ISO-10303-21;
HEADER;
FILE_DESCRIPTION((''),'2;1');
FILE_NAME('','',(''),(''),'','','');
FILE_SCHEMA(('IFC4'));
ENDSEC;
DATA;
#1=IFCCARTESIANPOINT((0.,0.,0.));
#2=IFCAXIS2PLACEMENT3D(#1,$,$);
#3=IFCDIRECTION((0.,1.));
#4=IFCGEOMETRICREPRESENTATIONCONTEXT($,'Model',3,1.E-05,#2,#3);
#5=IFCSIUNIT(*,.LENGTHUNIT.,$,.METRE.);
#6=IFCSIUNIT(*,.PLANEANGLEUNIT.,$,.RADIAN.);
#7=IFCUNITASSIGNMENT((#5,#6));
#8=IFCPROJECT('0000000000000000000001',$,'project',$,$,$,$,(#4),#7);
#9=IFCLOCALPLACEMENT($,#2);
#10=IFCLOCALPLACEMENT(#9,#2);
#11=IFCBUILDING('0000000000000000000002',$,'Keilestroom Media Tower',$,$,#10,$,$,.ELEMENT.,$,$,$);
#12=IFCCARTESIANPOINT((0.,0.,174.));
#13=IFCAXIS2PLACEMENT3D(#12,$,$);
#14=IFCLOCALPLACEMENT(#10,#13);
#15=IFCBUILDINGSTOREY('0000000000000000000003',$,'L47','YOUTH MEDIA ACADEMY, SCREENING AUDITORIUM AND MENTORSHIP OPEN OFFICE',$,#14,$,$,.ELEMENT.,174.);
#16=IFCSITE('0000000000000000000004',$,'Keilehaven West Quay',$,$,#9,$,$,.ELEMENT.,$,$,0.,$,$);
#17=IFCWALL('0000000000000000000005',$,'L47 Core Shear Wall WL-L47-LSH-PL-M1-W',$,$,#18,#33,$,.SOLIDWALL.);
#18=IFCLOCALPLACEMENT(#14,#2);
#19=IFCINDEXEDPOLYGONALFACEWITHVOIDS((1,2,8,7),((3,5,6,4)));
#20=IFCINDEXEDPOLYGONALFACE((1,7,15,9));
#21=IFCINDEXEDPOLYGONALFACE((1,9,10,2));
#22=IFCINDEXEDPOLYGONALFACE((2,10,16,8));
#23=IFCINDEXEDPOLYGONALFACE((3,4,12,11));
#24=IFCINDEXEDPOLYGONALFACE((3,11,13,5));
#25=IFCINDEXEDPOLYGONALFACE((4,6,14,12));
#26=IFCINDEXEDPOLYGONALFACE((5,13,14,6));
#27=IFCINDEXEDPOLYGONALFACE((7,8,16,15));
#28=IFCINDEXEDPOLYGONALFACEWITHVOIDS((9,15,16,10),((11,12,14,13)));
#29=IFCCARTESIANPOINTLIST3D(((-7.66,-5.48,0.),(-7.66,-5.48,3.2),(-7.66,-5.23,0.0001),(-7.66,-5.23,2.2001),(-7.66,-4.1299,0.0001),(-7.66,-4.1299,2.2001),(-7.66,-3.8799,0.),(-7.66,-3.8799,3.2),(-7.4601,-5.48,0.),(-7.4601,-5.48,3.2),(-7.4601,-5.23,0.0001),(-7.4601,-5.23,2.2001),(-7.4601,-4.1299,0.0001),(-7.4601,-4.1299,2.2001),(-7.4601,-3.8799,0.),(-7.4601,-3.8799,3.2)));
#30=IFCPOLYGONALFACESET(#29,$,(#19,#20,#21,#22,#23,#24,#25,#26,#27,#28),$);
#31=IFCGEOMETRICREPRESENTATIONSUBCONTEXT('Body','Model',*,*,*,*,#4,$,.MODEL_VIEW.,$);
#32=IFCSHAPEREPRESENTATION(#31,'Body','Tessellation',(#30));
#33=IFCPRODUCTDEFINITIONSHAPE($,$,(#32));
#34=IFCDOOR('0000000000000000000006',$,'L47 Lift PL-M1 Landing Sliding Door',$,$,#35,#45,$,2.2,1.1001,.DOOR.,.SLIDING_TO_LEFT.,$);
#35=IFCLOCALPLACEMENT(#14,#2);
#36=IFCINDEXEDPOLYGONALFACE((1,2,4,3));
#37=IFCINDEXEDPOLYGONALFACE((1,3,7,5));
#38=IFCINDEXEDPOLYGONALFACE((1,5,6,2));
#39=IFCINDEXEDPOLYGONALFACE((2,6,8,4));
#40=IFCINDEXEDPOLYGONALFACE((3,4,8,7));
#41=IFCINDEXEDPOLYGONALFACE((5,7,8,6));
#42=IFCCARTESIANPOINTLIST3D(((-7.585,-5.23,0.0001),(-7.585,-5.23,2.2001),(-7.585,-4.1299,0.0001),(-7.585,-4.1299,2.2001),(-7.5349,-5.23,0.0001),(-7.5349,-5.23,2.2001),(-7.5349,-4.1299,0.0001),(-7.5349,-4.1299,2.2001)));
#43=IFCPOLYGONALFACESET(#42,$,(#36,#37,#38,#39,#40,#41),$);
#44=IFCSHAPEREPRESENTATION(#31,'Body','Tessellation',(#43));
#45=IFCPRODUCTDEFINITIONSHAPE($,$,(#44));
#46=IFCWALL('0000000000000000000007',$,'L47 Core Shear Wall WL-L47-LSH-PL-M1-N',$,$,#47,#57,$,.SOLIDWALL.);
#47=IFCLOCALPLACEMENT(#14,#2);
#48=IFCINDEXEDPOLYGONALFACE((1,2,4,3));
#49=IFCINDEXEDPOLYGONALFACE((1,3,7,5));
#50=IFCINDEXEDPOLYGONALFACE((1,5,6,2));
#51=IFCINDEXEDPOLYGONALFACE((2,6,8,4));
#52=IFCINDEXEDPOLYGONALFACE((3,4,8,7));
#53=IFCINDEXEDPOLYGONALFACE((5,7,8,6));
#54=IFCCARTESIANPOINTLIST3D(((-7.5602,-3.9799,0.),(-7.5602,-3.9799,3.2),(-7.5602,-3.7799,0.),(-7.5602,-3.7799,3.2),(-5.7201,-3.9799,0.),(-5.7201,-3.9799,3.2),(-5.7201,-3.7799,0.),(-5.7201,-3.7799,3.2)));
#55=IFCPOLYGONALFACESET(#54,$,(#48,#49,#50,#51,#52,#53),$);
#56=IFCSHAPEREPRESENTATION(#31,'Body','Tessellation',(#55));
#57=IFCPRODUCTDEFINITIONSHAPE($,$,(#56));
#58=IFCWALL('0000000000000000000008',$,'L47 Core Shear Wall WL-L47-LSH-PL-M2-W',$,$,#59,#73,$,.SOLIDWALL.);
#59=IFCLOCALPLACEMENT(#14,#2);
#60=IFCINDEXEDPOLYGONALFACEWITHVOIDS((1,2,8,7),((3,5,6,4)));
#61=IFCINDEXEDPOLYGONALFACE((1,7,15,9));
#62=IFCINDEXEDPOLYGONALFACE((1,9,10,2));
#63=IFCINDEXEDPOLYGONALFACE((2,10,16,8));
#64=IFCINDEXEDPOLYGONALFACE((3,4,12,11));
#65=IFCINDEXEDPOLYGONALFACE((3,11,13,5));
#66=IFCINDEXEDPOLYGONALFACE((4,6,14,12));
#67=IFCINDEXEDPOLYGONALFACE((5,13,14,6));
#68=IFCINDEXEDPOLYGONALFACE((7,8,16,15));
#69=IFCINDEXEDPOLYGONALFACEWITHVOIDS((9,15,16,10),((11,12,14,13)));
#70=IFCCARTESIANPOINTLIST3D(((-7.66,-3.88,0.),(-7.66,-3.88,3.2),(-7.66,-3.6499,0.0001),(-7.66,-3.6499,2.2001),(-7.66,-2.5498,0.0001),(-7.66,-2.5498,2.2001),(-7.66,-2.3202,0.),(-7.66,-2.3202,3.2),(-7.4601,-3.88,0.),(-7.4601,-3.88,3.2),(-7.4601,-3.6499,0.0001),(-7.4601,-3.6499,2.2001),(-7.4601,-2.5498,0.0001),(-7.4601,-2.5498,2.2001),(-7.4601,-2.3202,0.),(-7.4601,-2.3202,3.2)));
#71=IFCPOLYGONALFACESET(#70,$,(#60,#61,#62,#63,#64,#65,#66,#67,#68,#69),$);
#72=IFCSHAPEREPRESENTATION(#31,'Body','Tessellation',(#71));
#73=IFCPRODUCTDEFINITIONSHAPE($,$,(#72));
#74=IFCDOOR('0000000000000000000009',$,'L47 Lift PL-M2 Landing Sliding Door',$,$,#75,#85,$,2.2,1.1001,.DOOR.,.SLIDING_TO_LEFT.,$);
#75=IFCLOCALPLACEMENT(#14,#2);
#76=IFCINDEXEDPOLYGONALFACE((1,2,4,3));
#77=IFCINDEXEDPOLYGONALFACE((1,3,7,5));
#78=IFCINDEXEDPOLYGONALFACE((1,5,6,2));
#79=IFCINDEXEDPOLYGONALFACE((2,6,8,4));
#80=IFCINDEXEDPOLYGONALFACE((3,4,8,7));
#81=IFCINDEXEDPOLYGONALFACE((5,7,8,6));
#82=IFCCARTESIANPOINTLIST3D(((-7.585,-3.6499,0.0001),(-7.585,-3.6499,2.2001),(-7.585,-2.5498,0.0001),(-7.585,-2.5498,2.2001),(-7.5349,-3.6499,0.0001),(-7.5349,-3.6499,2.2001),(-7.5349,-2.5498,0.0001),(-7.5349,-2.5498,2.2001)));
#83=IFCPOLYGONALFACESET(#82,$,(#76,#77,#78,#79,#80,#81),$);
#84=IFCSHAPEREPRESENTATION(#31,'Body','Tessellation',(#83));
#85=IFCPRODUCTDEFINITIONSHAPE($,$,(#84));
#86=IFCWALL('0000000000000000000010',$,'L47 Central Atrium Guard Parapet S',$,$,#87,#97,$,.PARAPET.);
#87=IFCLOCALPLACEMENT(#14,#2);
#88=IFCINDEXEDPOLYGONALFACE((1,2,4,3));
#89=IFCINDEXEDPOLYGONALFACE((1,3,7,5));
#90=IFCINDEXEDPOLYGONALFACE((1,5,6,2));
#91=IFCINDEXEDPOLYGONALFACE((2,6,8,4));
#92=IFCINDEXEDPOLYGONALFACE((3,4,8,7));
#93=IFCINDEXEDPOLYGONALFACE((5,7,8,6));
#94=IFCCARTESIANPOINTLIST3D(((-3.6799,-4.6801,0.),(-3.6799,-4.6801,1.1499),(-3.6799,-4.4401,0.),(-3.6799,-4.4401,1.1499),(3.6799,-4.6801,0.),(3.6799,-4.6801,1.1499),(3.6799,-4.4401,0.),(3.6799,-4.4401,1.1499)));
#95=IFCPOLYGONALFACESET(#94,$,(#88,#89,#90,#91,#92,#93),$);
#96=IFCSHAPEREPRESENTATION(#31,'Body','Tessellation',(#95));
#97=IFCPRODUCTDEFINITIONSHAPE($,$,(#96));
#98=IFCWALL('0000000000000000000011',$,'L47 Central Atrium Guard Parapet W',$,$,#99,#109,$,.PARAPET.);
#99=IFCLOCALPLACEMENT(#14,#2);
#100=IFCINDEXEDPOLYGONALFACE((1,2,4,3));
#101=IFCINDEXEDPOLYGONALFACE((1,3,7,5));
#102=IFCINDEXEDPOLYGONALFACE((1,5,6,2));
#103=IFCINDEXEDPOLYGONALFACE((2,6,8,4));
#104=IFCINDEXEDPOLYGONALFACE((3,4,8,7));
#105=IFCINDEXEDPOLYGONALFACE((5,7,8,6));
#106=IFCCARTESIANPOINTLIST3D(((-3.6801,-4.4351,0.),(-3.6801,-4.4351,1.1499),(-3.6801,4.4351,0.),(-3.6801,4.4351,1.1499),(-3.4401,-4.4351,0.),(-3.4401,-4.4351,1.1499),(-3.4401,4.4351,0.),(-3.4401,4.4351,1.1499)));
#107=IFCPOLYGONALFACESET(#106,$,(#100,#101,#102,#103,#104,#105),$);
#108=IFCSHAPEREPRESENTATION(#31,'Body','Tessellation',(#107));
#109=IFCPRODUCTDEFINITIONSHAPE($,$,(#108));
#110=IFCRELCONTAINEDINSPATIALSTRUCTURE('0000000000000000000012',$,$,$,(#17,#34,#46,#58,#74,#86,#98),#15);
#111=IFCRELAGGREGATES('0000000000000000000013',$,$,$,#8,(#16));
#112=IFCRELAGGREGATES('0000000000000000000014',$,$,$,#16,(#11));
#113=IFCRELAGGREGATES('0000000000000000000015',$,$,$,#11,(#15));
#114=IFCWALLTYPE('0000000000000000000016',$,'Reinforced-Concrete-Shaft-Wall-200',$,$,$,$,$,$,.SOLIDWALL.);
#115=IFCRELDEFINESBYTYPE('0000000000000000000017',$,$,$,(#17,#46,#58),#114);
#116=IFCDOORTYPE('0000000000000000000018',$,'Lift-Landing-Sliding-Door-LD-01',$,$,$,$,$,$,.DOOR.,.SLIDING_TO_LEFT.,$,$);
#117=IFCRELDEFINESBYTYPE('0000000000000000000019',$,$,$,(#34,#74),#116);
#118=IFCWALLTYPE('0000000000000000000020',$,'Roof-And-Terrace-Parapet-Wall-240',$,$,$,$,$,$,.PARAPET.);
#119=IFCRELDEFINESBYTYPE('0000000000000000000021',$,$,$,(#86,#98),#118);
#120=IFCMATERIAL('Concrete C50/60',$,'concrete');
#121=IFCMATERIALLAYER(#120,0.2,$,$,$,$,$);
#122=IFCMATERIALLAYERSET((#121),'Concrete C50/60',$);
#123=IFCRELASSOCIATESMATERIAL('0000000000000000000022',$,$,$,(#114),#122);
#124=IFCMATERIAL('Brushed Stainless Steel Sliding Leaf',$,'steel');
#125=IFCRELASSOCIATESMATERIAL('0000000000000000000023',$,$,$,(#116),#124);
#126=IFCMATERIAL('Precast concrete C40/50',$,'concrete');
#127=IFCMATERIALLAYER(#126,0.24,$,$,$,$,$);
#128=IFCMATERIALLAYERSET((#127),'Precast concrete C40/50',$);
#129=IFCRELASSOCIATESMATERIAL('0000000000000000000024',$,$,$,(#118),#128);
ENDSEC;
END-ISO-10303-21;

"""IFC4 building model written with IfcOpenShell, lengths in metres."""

from ifc_helpers import new_model, si_unit, direction, frame, frame_2d, origin, place, context, subcontext, project, spatial, rectangle, extrude, source, transform, mapped, material, layer, layer_set, type_object, element, fill, save


model = new_model("IFC4")

# Units and contexts
model_context = context("Model", 3, precision=1e-05, world=origin(), true_north=direction((0.0, 1.0)))
body_context = subcontext(model_context, "Body", "Model", "MODEL_VIEW")
ifc_project = project(units=[si_unit("LENGTHUNIT", "METRE"), si_unit("PLANEANGLEUNIT", "RADIAN")], contexts=[model_context])

# Site, building, storey
site_placement = place(None, origin())
site = spatial("IfcSite", under=ifc_project, at=site_placement, Name="Keilehaven West Quay", CompositionType="ELEMENT", RefElevation=0.0)
building_placement = place(site_placement, origin())
building = spatial("IfcBuilding", under=site, at=building_placement, Name="Keilestroom Media Tower", CompositionType="ELEMENT")
storey_placement = place(building_placement, frame((0.0, 0.0, 174.0)))
storey = spatial("IfcBuildingStorey", under=building, at=storey_placement, Name="L47", Description="YOUTH MEDIA ACADEMY, SCREENING AUDITORIUM AND MENTORSHIP OPEN OFFICE", CompositionType="ELEMENT", Elevation=174.0)

# Shared definitions
ifc_material_1 = material(Name="Concrete C50/60", Category="concrete")
ifc_layer_1 = layer(ifc_material_1, 0.2)
ifc_layer_set_1 = layer_set([ifc_layer_1], Name="Concrete C50/60")
wall_type_1 = type_object("IfcWallType", Name="Reinforced-Concrete-Shaft-Wall-200", PredefinedType="SOLIDWALL", material=ifc_layer_set_1)

# Shared definitions
ifc_material_2 = material(Name="Brushed Stainless Steel Sliding Leaf", Category="steel")

# Wall, opening, door
wall_1_placement = place(storey_placement, frame((-7.5601, -5.48, 0.0), z_axis=(0.0, 0.0, 1.0), x_axis=(0.0, 1.0, 0.0)))
wall_1 = element("IfcWall", 1, at=wall_1_placement, inside=storey, type_object=wall_type_1, Name="L47 Core Shear Wall WL-L47-LSH-PL-M1-W", PredefinedType="SOLIDWALL", context=body_context, shape_type="SweptSolid", body=[
    extrude(rectangle(XDim=1.6001, YDim=0.2, at=frame_2d((0.8, 0.0))), origin(), (0.0, 0.0, 1.0), 3.2),
])
opening_1_placement = place(wall_1_placement, frame((0.25, 0.0, 0.0)))
opening_1 = element("IfcOpeningElement", 2, at=opening_1_placement, cuts=wall_1, PredefinedType="OPENING", context=body_context, shape_type="SweptSolid", body=[
    extrude(rectangle(XDim=1.1001, YDim=2.2, at=frame_2d((0.55, 1.1001))), frame((0.0, 0.1099, 0.0), z_axis=(0.0, -1.0, 0.0), x_axis=(1.0, 0.0, 0.0)), (0.0, 0.0, 1.0), 0.22),
])
door_type_1 = type_object("IfcDoorType", Name="Lift-Landing-Sliding-Door-LD-01", OperationType="SLIDING_TO_LEFT", PredefinedType="DOOR", material=ifc_material_2)
shared_shape_1 = source(origin(), body_context, "Body", "SweptSolid", [
    extrude(rectangle(XDim=1.1001, YDim=2.2, at=frame_2d((0.55, 1.1001))), frame((0.0, 0.0249, 0.0), z_axis=(0.0, -1.0, 0.0), x_axis=(1.0, 0.0, 0.0)), (0.0, 0.0, 1.0), 0.05),
])
door_1_placement = place(opening_1_placement, origin())
door_1 = element("IfcDoor", 3, at=door_1_placement, inside=storey, type_object=door_type_1, Name="L47 Lift PL-M1 Landing Sliding Door", OperationType="SLIDING_TO_LEFT", OverallHeight=2.2, OverallWidth=1.1001, PredefinedType="DOOR", context=body_context, shape_type="MappedRepresentation", body=[
    mapped(shared_shape_1, transform((0.0, 0.0, 0.0), x_axis=(1.0, 0.0, 0.0), y_axis=(0.0, 1.0, 0.0), z_axis=(0.0, 0.0, 1.0), scale=1.0)),
])
fill(opening_1, door_1)

# Wall
wall_2_placement = place(storey_placement, frame((-7.5601, -3.8799, 0.0), z_axis=(0.0, 0.0, 1.0), x_axis=(1.0, 0.0, 0.0)))
element("IfcWall", 4, at=wall_2_placement, inside=storey, type_object=wall_type_1, Name="L47 Core Shear Wall WL-L47-LSH-PL-M1-N", PredefinedType="SOLIDWALL", context=body_context, shape_type="SweptSolid", body=[
    extrude(rectangle(XDim=1.8401, YDim=0.2, at=frame_2d((0.9199, 0.0))), origin(), (0.0, 0.0, 1.0), 3.2),
])

# Wall, opening, door
wall_3_placement = place(storey_placement, frame((-7.5601, -3.8799, 0.0), z_axis=(0.0, 0.0, 1.0), x_axis=(0.0, 1.0, 0.0)))
wall_3 = element("IfcWall", 5, at=wall_3_placement, inside=storey, type_object=wall_type_1, Name="L47 Core Shear Wall WL-L47-LSH-PL-M2-W", PredefinedType="SOLIDWALL", context=body_context, shape_type="SweptSolid", body=[
    extrude(rectangle(XDim=1.5598, YDim=0.2, at=frame_2d((0.7798, 0.0))), origin(), (0.0, 0.0, 1.0), 3.2),
])
opening_2_placement = place(wall_3_placement, frame((0.23, 0.0, 0.0)))
opening_2 = element("IfcOpeningElement", 6, at=opening_2_placement, cuts=wall_3, PredefinedType="OPENING", context=body_context, shape_type="SweptSolid", body=[
    extrude(rectangle(XDim=1.1001, YDim=2.2, at=frame_2d((0.55, 1.1001))), frame((0.0, 0.1099, 0.0), z_axis=(0.0, -1.0, 0.0), x_axis=(1.0, 0.0, 0.0)), (0.0, 0.0, 1.0), 0.22),
])
door_2_placement = place(opening_2_placement, origin())
door_2 = element("IfcDoor", 7, at=door_2_placement, inside=storey, type_object=door_type_1, Name="L47 Lift PL-M2 Landing Sliding Door", OperationType="SLIDING_TO_LEFT", OverallHeight=2.2, OverallWidth=1.1001, PredefinedType="DOOR", context=body_context, shape_type="MappedRepresentation", body=[
    mapped(shared_shape_1, transform((0.0, 0.0, 0.0), x_axis=(1.0, 0.0, 0.0), y_axis=(0.0, 1.0, 0.0), z_axis=(0.0, 0.0, 1.0), scale=1.0)),
])
fill(opening_2, door_2)

# Walls
ifc_material_3 = material(Name="Precast concrete C40/50", Category="concrete")
ifc_layer_2 = layer(ifc_material_3, 0.24)
ifc_layer_set_2 = layer_set([ifc_layer_2], Name="Precast concrete C40/50")
wall_type_2 = type_object("IfcWallType", Name="Roof-And-Terrace-Parapet-Wall-240", PredefinedType="PARAPET", material=ifc_layer_set_2)
wall_4_placement = place(storey_placement, frame((-3.6799, -4.5601, 0.0), z_axis=(0.0, 0.0, 1.0), x_axis=(1.0, 0.0, 0.0)))
element("IfcWall", 8, at=wall_4_placement, inside=storey, type_object=wall_type_2, Name="L47 Central Atrium Guard Parapet S", PredefinedType="PARAPET", context=body_context, shape_type="SweptSolid", body=[
    extrude(rectangle(XDim=7.3599, YDim=0.24, at=frame_2d((3.6799, 0.0))), origin(), (0.0, 0.0, 1.0), 1.1499),
])
wall_5_placement = place(storey_placement, frame((-3.5601, -4.4351, 0.0), z_axis=(0.0, 0.0, 1.0), x_axis=(0.0, 1.0, 0.0)))
element("IfcWall", 9, at=wall_5_placement, inside=storey, type_object=wall_type_2, Name="L47 Central Atrium Guard Parapet W", PredefinedType="PARAPET", context=body_context, shape_type="SweptSolid", body=[
    extrude(rectangle(XDim=8.8701, YDim=0.24, at=frame_2d((4.4351, 0.0))), origin(), (0.0, 0.0, 1.0), 1.1499),
])

save(model, "model.ifc")
